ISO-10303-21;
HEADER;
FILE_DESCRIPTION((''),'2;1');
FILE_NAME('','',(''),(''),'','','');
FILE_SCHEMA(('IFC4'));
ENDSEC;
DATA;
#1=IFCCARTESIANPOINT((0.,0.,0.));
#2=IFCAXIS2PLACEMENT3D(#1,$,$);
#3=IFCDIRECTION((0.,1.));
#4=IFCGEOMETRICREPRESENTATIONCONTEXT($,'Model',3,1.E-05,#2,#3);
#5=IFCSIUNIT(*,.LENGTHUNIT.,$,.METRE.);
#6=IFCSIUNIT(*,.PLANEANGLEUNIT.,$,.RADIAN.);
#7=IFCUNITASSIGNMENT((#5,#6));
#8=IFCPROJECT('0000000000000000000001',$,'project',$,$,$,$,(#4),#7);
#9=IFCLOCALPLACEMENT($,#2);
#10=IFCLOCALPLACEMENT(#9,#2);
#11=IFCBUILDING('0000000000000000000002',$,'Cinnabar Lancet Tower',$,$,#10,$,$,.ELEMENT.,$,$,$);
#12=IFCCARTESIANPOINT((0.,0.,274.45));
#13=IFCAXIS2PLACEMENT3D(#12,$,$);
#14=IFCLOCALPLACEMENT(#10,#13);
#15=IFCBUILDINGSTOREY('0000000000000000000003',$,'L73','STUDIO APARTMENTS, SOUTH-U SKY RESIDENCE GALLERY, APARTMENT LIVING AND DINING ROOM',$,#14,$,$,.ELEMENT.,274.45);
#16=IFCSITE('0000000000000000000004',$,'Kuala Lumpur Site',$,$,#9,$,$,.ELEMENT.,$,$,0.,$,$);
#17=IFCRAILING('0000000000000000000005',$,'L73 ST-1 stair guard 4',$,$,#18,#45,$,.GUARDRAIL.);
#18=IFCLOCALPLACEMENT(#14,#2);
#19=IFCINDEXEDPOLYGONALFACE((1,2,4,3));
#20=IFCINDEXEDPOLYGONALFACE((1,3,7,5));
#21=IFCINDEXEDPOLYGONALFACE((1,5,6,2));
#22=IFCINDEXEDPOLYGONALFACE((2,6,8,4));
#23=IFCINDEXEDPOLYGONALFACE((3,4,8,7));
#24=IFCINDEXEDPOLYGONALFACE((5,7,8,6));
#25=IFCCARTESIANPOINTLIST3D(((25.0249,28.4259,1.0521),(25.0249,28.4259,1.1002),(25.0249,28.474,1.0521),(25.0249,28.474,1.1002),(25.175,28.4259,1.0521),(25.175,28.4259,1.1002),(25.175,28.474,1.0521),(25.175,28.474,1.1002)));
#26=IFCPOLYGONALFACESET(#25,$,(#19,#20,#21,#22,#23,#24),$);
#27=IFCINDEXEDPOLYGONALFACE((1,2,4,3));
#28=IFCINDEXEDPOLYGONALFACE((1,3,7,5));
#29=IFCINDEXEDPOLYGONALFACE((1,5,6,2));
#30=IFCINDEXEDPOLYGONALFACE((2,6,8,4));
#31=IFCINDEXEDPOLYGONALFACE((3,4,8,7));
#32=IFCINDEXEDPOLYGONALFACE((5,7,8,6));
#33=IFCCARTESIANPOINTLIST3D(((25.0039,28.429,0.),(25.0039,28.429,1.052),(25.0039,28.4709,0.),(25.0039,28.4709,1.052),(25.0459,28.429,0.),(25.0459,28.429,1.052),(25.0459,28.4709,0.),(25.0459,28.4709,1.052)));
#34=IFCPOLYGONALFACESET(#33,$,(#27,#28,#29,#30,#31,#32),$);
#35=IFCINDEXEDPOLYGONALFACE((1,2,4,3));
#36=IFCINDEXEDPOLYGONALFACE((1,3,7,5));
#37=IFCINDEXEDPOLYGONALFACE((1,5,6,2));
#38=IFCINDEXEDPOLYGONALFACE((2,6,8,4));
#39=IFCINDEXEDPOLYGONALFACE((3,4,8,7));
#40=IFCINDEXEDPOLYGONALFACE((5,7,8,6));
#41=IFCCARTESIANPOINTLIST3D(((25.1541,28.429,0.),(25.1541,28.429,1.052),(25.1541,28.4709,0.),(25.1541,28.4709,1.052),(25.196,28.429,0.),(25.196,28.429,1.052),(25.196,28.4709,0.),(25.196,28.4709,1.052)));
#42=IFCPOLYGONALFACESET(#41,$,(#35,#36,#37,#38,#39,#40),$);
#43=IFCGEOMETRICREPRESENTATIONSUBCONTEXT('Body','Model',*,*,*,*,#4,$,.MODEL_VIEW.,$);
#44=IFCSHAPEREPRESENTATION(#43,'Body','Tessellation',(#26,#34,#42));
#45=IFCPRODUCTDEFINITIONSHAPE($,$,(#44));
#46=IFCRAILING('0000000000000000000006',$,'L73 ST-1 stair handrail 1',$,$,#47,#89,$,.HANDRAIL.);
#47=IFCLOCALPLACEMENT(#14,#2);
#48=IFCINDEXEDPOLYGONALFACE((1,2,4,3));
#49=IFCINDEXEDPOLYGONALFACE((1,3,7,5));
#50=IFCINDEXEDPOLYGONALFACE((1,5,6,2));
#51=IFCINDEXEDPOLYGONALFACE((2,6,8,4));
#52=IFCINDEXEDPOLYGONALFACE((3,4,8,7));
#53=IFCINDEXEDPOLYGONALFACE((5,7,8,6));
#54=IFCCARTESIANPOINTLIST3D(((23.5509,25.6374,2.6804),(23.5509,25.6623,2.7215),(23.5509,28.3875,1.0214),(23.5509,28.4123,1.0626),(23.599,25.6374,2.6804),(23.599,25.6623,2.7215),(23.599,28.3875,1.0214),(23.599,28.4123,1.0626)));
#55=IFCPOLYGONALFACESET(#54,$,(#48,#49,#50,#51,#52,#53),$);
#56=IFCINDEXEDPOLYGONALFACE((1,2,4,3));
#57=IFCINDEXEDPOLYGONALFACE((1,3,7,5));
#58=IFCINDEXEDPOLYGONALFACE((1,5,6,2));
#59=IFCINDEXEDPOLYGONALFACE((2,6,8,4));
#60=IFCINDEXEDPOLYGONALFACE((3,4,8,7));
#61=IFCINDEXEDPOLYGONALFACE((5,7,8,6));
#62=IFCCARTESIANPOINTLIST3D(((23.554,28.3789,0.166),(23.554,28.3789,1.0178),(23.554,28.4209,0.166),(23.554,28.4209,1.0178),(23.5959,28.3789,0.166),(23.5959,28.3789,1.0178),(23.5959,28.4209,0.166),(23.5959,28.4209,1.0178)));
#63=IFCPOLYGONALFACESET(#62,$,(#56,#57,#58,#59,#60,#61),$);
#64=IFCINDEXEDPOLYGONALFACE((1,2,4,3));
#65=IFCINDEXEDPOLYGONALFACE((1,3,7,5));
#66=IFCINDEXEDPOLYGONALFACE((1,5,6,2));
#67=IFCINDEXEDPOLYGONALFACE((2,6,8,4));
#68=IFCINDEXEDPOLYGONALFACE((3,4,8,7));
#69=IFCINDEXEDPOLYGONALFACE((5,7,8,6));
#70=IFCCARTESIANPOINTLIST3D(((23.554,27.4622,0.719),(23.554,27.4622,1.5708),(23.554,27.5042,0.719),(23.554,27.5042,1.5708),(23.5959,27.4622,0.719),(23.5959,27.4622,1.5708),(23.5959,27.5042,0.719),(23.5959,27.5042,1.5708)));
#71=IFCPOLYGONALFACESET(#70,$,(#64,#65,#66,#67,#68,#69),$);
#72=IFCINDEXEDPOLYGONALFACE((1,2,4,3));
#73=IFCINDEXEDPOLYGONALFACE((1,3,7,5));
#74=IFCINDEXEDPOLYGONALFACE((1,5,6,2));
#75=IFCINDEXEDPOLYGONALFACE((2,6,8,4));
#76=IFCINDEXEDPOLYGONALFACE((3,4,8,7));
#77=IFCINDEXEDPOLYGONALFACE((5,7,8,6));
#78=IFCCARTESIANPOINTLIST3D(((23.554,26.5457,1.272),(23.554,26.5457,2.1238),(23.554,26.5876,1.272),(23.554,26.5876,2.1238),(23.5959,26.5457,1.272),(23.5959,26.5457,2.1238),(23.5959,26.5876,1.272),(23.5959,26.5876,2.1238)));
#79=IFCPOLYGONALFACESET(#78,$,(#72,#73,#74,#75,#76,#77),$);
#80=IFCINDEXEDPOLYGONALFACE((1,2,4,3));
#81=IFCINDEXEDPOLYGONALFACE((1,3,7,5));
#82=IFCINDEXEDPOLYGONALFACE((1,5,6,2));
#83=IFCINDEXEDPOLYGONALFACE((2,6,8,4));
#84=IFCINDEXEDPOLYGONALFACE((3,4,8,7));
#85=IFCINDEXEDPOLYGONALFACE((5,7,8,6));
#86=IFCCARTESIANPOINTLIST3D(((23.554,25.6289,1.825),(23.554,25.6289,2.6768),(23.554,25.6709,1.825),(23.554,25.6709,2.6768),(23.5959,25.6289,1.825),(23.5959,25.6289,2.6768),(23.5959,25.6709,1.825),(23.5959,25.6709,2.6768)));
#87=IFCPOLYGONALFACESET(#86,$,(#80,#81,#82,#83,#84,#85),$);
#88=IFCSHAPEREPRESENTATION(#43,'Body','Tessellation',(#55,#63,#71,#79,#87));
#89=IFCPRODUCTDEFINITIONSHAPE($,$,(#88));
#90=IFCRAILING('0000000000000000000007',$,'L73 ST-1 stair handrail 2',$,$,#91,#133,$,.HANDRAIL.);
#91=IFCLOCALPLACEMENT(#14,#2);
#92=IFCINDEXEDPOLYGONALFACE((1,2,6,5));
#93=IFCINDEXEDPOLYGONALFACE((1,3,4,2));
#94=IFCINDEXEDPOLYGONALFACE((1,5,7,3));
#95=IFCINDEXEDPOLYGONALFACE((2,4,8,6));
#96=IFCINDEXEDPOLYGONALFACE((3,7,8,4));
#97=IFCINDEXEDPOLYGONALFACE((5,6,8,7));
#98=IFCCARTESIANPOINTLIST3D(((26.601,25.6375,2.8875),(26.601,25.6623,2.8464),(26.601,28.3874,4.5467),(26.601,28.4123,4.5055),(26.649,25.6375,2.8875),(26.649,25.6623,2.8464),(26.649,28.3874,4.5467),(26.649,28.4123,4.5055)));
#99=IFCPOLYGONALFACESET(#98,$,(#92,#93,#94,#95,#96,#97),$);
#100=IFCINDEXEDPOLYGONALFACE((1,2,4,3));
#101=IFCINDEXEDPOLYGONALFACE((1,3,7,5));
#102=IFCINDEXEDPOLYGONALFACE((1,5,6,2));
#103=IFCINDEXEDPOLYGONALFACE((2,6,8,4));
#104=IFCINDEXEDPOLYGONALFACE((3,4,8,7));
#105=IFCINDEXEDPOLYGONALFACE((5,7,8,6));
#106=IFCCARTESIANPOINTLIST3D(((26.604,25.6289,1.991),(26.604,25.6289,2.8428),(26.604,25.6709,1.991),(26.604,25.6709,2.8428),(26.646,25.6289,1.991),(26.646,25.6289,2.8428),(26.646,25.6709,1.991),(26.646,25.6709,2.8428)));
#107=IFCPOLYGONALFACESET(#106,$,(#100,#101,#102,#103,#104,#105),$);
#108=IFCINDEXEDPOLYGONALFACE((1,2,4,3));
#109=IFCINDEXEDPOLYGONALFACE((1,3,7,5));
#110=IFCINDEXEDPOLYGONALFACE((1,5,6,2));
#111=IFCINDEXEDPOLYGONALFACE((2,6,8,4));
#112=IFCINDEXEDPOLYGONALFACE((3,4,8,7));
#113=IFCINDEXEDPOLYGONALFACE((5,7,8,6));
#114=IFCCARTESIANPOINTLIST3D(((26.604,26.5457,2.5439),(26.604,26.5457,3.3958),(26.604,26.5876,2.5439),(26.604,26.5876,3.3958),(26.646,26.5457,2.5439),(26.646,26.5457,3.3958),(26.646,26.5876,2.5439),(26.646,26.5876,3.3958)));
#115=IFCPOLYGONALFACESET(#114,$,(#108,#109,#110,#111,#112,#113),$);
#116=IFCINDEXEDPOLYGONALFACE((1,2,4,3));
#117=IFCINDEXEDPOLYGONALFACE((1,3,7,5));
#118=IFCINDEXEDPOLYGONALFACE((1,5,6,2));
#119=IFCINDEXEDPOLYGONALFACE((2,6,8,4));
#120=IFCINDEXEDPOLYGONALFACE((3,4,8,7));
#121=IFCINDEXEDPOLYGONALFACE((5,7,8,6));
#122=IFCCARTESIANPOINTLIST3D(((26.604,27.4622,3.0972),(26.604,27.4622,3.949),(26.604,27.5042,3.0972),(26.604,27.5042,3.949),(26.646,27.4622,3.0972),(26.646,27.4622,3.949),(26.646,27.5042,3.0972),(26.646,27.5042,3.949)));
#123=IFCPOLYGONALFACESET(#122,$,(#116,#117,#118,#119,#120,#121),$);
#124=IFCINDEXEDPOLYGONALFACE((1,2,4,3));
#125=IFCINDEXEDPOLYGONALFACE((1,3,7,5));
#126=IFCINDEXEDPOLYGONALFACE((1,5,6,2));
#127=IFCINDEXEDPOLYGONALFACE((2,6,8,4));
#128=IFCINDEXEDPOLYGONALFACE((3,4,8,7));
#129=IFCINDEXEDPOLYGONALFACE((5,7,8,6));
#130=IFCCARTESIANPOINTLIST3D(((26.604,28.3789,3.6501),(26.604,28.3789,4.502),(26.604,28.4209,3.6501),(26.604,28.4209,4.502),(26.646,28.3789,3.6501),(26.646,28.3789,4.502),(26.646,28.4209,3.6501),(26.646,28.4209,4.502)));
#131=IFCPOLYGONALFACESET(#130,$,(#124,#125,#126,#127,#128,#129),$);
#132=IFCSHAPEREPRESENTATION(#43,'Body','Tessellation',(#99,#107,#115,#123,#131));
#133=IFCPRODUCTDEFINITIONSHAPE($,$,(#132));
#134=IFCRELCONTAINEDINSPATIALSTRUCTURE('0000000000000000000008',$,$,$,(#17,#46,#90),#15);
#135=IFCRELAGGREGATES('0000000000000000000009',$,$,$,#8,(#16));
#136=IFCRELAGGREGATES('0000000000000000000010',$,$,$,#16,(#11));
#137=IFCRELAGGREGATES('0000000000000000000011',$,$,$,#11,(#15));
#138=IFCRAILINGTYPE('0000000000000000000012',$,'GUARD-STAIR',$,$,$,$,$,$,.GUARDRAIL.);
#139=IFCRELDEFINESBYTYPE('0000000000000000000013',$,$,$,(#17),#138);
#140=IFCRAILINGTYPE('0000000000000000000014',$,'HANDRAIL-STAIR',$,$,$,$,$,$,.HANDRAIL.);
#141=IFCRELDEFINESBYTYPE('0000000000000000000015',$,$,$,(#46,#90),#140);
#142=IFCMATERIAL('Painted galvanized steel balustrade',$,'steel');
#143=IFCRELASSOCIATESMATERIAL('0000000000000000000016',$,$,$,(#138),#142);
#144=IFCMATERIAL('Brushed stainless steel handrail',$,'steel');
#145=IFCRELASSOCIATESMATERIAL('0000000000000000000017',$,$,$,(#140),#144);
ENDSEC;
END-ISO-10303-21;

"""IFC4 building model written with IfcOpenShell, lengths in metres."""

from ifc_helpers import new_model, si_unit, direction, frame, origin, origin_2d, place, context, subcontext, project, spatial, rectangle, extrude, material, type_object, element, save


model = new_model("IFC4")

# Units and contexts
model_context = context("Model", 3, precision=1e-05, world=origin(), true_north=direction((0.0, 1.0)))
body_context = subcontext(model_context, "Body", "Model", "MODEL_VIEW")
ifc_project = project(units=[si_unit("LENGTHUNIT", "METRE"), si_unit("PLANEANGLEUNIT", "RADIAN")], contexts=[model_context])

# Site, building, storey
site_placement = place(None, origin())
site = spatial("IfcSite", under=ifc_project, at=site_placement, Name="Kuala Lumpur Site", CompositionType="ELEMENT", RefElevation=0.0)
building_placement = place(site_placement, origin())
building = spatial("IfcBuilding", under=site, at=building_placement, Name="Cinnabar Lancet Tower", CompositionType="ELEMENT")
storey_placement = place(building_placement, frame((0.0, 0.0, 274.45)))
storey = spatial("IfcBuildingStorey", under=building, at=storey_placement, Name="L73", Description="STUDIO APARTMENTS, SOUTH-U SKY RESIDENCE GALLERY, APARTMENT LIVING AND DINING ROOM", CompositionType="ELEMENT", Elevation=274.45)

# Railings
ifc_material_1 = material(Name="Painted galvanized steel balustrade", Category="steel")
railing_type_1 = type_object("IfcRailingType", Name="GUARD-STAIR", PredefinedType="GUARDRAIL", material=ifc_material_1)
railing_1_placement = place(storey_placement, frame((25.0249, 28.45, 0.0)))
element("IfcRailing", 1, at=railing_1_placement, inside=storey, type_object=railing_type_1, Name="L73 ST-1 stair guard 4", PredefinedType="GUARDRAIL", context=body_context, shape_type="SweptSolid", body=[
    extrude(rectangle(XDim=0.0481, YDim=0.0481, at=origin_2d()), frame((0.0, 0.0, 1.0762), z_axis=(1.0, 0.0, 0.0), x_axis=(0.0, 1.0, 0.0)), (0.0, 0.0, 1.0), 0.1501),
    extrude(rectangle(XDim=0.042, YDim=0.042, at=origin_2d()), origin(), (0.0, 0.0, 1.0), 1.052),
    extrude(rectangle(XDim=0.042, YDim=0.042, at=origin_2d()), frame((0.1501, 0.0, 0.0)), (0.0, 0.0, 1.0), 1.052),
])
ifc_material_2 = material(Name="Brushed stainless steel handrail", Category="steel")
railing_type_2 = type_object("IfcRailingType", Name="HANDRAIL-STAIR", PredefinedType="HANDRAIL", material=ifc_material_2)
railing_2_placement = place(storey_placement, frame((23.575, 28.3999, 0.166)))
element("IfcRailing", 2, at=railing_2_placement, inside=storey, type_object=railing_type_2, Name="L73 ST-1 stair handrail 1", PredefinedType="HANDRAIL", context=body_context, shape_type="SweptSolid", body=[
    extrude(rectangle(XDim=0.0481, YDim=0.0481, at=origin_2d()), frame((0.0, 0.0, 0.876), z_axis=(0.0, -0.856263, 0.51654), x_axis=(1.0, 0.0, 0.0)), (0.0, 0.0, 1.0), 3.2117),
    extrude(rectangle(XDim=0.042, YDim=0.042, at=origin_2d()), origin(), (0.0, 0.0, 1.0), 0.8518),
    extrude(rectangle(XDim=0.042, YDim=0.042, at=origin_2d()), frame((0.0, -0.9167, 0.553)), (0.0, 0.0, 1.0), 0.8518),
    extrude(rectangle(XDim=0.042, YDim=0.042, at=origin_2d()), frame((0.0, -1.8333, 1.106)), (0.0, 0.0, 1.0), 0.8518),
    extrude(rectangle(XDim=0.042, YDim=0.042, at=origin_2d()), frame((0.0, -2.75, 1.6589)), (0.0, 0.0, 1.0), 0.8518),
])
railing_3_placement = place(storey_placement, frame((26.625, 25.6499, 1.991)))
element("IfcRailing", 3, at=railing_3_placement, inside=storey, type_object=railing_type_2, Name="L73 ST-1 stair handrail 2", PredefinedType="HANDRAIL", context=body_context, shape_type="SweptSolid", body=[
    extrude(rectangle(XDim=0.0481, YDim=0.0481, at=origin_2d()), frame((0.0, 0.0, 0.876), z_axis=(0.0, 0.856229, 0.516596), x_axis=(-1.0, 0.0, 0.0)), (0.0, 0.0, 1.0), 3.2117),
    extrude(rectangle(XDim=0.042, YDim=0.042, at=origin_2d()), origin(), (0.0, 0.0, 1.0), 0.8518),
    extrude(rectangle(XDim=0.042, YDim=0.042, at=origin_2d()), frame((0.0, 0.9167, 0.553)), (0.0, 0.0, 1.0), 0.8518),
    extrude(rectangle(XDim=0.042, YDim=0.042, at=origin_2d()), frame((0.0, 1.8333, 1.1062)), (0.0, 0.0, 1.0), 0.8518),
    extrude(rectangle(XDim=0.042, YDim=0.042, at=origin_2d()), frame((0.0, 2.75, 1.6592)), (0.0, 0.0, 1.0), 0.8518),
])

save(model, "model.ifc")
